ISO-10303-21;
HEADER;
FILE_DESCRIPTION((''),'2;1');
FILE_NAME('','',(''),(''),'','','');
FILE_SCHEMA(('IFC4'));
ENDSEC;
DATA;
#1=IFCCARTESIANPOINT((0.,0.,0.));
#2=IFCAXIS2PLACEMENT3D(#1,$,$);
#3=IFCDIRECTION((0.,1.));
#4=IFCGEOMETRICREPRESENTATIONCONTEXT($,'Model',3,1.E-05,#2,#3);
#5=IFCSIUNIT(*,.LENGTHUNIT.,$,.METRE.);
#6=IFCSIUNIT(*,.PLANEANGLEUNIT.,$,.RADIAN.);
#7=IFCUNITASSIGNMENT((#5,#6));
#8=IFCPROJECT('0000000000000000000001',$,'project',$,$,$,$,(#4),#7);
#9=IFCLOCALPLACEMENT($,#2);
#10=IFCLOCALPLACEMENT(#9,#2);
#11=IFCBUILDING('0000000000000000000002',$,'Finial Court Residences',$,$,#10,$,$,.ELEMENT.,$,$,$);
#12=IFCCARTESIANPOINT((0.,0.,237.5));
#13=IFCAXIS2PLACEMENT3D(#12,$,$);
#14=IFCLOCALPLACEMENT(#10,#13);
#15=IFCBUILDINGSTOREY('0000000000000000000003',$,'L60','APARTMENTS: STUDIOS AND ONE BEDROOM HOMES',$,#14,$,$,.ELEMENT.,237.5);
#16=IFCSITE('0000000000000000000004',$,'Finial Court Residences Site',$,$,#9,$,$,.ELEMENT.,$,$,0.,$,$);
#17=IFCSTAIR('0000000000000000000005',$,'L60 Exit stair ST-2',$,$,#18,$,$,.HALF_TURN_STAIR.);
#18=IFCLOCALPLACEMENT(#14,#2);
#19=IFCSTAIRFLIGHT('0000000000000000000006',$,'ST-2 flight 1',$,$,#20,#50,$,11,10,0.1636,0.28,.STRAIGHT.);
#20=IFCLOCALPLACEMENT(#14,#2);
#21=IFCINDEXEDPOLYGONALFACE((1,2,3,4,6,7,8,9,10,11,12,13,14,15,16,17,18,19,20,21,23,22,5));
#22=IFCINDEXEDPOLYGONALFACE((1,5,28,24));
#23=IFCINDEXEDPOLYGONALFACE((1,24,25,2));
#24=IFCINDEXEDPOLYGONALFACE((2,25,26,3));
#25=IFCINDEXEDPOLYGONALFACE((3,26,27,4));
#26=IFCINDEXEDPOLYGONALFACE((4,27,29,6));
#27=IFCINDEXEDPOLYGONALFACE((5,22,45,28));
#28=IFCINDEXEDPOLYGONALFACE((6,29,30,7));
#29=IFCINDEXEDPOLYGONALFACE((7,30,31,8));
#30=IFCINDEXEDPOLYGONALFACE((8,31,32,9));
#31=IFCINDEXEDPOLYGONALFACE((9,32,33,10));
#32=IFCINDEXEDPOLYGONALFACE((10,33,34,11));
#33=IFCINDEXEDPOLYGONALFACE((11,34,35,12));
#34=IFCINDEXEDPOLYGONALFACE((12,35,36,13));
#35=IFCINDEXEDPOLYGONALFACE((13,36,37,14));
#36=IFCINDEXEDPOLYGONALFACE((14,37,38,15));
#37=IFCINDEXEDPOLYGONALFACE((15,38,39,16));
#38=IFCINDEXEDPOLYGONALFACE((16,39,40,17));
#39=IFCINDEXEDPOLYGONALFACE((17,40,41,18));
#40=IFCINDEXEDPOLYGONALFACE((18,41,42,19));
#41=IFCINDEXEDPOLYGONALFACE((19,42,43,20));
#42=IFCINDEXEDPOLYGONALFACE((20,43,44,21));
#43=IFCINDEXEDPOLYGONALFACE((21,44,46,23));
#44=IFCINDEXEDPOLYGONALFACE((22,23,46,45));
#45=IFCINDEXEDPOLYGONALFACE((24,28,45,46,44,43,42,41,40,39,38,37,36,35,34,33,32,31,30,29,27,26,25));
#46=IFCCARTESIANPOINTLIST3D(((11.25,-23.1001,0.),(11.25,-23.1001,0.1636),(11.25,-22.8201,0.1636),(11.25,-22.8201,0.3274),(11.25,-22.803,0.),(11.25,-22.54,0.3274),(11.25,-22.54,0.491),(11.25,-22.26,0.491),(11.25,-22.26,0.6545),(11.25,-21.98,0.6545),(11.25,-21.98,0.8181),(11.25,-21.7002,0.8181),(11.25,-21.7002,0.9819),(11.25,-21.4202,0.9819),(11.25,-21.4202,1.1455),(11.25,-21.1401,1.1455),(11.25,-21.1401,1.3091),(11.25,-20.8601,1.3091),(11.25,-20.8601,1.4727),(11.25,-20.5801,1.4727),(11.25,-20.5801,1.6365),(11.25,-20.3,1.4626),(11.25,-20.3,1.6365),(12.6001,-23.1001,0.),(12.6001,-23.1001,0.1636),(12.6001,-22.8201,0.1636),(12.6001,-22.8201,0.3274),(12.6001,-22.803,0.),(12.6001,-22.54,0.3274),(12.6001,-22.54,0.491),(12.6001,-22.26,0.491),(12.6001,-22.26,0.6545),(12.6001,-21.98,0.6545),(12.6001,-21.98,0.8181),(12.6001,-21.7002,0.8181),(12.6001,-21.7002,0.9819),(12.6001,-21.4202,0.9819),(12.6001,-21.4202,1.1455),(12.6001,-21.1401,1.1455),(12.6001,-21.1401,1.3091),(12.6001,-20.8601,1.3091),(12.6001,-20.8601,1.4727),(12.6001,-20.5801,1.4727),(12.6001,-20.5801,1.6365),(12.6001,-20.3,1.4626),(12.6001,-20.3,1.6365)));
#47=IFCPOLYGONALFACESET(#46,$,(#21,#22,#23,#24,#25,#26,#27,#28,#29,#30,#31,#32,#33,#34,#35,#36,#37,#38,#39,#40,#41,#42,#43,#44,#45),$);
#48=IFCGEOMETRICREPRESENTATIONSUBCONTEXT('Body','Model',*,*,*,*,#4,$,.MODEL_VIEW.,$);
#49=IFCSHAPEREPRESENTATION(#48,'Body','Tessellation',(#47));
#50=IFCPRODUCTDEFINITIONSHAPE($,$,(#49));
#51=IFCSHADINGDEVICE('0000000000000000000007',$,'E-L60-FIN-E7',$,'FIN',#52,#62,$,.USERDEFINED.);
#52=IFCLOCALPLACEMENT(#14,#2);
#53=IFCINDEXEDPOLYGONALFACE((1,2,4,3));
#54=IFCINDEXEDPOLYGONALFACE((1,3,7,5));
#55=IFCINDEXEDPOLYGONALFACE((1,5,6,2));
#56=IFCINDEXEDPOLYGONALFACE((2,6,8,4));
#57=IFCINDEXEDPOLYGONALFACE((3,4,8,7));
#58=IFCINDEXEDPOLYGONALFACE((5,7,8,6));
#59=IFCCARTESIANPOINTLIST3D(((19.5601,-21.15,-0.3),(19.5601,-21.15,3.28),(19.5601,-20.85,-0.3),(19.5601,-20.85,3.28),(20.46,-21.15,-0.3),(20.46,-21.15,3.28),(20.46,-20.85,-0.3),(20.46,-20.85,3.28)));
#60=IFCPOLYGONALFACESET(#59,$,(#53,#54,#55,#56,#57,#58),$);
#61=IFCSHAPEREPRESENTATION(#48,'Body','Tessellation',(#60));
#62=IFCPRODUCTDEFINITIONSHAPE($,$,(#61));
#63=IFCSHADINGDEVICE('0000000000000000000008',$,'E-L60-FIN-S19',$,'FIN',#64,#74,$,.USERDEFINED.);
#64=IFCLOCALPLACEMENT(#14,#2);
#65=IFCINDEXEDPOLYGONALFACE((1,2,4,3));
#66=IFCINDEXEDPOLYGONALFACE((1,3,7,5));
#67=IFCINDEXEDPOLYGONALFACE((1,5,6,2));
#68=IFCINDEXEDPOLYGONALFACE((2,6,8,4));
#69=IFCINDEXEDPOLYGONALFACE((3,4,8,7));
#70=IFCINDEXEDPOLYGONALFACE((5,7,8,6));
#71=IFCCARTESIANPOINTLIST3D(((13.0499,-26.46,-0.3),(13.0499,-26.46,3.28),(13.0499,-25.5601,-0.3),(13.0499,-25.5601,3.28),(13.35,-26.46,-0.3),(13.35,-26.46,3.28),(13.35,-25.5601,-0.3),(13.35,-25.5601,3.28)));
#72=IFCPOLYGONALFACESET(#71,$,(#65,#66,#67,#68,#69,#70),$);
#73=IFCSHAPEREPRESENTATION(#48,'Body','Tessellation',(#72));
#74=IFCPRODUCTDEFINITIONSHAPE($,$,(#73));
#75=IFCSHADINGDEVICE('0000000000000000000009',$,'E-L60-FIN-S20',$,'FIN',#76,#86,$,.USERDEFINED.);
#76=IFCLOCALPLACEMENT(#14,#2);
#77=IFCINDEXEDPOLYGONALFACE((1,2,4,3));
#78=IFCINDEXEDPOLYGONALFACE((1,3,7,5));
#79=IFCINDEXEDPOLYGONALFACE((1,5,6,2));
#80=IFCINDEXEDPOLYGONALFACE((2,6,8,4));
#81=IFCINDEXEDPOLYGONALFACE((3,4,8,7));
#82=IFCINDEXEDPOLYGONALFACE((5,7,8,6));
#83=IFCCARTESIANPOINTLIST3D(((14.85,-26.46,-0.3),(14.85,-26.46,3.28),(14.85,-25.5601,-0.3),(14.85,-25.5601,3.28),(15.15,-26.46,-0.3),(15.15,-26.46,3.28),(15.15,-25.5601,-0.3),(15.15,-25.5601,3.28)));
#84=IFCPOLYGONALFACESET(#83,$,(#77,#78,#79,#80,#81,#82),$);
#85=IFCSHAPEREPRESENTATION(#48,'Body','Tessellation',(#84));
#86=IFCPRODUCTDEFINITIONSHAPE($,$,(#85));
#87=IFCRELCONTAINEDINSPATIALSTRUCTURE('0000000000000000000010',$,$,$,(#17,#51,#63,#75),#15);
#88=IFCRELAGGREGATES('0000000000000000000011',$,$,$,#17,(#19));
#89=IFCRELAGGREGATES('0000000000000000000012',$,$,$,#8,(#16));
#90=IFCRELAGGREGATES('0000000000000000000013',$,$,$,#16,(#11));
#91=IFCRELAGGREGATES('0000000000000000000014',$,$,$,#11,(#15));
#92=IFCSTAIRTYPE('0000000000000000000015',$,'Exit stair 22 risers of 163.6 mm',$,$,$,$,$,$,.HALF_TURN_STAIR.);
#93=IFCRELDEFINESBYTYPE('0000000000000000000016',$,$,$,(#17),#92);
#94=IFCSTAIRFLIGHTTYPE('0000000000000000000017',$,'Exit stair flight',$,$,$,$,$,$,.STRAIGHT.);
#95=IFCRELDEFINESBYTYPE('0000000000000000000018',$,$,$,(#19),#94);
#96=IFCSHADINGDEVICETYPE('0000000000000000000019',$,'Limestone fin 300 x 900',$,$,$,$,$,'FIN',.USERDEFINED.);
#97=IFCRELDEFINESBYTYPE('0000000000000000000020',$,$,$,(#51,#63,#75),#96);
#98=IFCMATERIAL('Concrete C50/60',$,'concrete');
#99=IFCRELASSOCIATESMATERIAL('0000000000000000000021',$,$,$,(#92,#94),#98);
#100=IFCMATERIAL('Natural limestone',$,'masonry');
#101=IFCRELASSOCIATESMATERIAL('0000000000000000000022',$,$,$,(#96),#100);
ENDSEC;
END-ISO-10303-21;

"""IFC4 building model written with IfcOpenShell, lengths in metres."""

from ifc_helpers import new_model, si_unit, direction, frame, origin, origin_2d, place, context, subcontext, project, spatial, polyline, rectangle, outline, extrude, material, type_object, element, aggregate, save


model = new_model("IFC4")

# Units and contexts
model_context = context("Model", 3, precision=1e-05, world=origin(), true_north=direction((0.0, 1.0)))
body_context = subcontext(model_context, "Body", "Model", "MODEL_VIEW")
ifc_project = project(units=[si_unit("LENGTHUNIT", "METRE"), si_unit("PLANEANGLEUNIT", "RADIAN")], contexts=[model_context])

# Site, building, storey
site_placement = place(None, origin())
site = spatial("IfcSite", under=ifc_project, at=site_placement, Name="Finial Court Residences Site", CompositionType="ELEMENT", RefElevation=0.0)
building_placement = place(site_placement, origin())
building = spatial("IfcBuilding", under=site, at=building_placement, Name="Finial Court Residences", CompositionType="ELEMENT")
storey_placement = place(building_placement, frame((0.0, 0.0, 237.5)))
storey = spatial("IfcBuildingStorey", under=building, at=storey_placement, Name="L60", Description="APARTMENTS: STUDIOS AND ONE BEDROOM HOMES", CompositionType="ELEMENT", Elevation=237.5)

# Shared definitions
ifc_material_1 = material(Name="Natural limestone", Category="masonry")

# Stair, stair flight
ifc_material_2 = material(Name="Concrete C50/60", Category="concrete")
stair_type = type_object("IfcStairType", Name="Exit stair 22 risers of 163.6 mm", PredefinedType="HALF_TURN_STAIR", material=ifc_material_2)
stair_placement = place(storey_placement, origin())
stair = element("IfcStair", 1, at=stair_placement, inside=storey, type_object=stair_type, Name="L60 Exit stair ST-2", PredefinedType="HALF_TURN_STAIR")
stair_flight_type = type_object("IfcStairFlightType", Name="Exit stair flight", PredefinedType="STRAIGHT", material=ifc_material_2)
stair_flight_placement = place(storey_placement, frame((11.925, -23.1001, 0.0), z_axis=(0.0, 0.0, 1.0), x_axis=(0.0, 1.0, 0.0)))
stair_flight = element("IfcStairFlight", 2, at=stair_flight_placement, type_object=stair_flight_type, Name="ST-2 flight 1", NumberOfRisers=11, NumberOfTreads=10, PredefinedType="STRAIGHT", RiserHeight=0.1636, TreadLength=0.28, context=body_context, shape_type="SweptSolid", body=[
    extrude(outline(polyline([(0.0, 0.0), (0.0, 0.1636), (0.28, 0.1636), (0.28, 0.3274), (0.5601, 0.3274), (0.5601, 0.491), (0.8401, 0.491), (0.8401, 0.6545), (1.1201, 0.6545), (1.1201, 0.8181), (1.3999, 0.8181), (1.3999, 0.9819), (1.6799, 0.9819), (1.6799, 1.1455), (1.96, 1.1455), (1.96, 1.3091), (2.24, 1.3091), (2.24, 1.4727), (2.52, 1.4727), (2.52, 1.6365), (2.8, 1.6365), (2.8, 1.8), (2.8, 1.4626), (0.2971, 0.0), (0.0, 0.0)])), frame((0.0, 0.675, 0.0), z_axis=(0.0, -1.0, 0.0), x_axis=(1.0, 0.0, 0.0)), (0.0, 0.0, 1.0), 1.3501),
])
aggregate(stair, [stair_flight])

# Shading devices
shading_device_type = type_object("IfcShadingDeviceType", Name="Limestone fin 300 x 900", ElementType="FIN", PredefinedType="USERDEFINED", material=ifc_material_1)
shading_device_placement = place(storey_placement, frame((20.01, -21.0, -0.3), z_axis=(0.0, 0.0, 1.0), x_axis=(1.0, 0.0, 0.0)))
element("IfcShadingDevice", 3, at=shading_device_placement, inside=storey, type_object=shading_device_type, Name="E-L60-FIN-E7", ObjectType="FIN", PredefinedType="USERDEFINED", context=body_context, shape_type="SweptSolid", body=[
    extrude(rectangle(XDim=0.8999, YDim=0.3, at=origin_2d()), origin(), (0.0, 0.0, 1.0), 3.5801),
])
for number, where, z_axis, x_axis, name in (
    (4, (13.2, -26.01, -0.3), (0.0, 0.0, 1.0), (1.0, 0.0, 0.0), "E-L60-FIN-S19"),
    (5, (15.0, -26.01, -0.3), (0.0, 0.0, 1.0), (1.0, 0.0, 0.0), "E-L60-FIN-S20"),
):
    element("IfcShadingDevice", number, at=place(storey_placement, frame(where, z_axis=z_axis, x_axis=x_axis)), inside=storey, type_object=shading_device_type, Name=name, ObjectType="FIN", PredefinedType="USERDEFINED", context=body_context, shape_type="SweptSolid", body=[
        extrude(rectangle(XDim=0.3, YDim=0.8999, at=origin_2d()), origin(), (0.0, 0.0, 1.0), 3.5801),
    ])

save(model, "model.ifc")
